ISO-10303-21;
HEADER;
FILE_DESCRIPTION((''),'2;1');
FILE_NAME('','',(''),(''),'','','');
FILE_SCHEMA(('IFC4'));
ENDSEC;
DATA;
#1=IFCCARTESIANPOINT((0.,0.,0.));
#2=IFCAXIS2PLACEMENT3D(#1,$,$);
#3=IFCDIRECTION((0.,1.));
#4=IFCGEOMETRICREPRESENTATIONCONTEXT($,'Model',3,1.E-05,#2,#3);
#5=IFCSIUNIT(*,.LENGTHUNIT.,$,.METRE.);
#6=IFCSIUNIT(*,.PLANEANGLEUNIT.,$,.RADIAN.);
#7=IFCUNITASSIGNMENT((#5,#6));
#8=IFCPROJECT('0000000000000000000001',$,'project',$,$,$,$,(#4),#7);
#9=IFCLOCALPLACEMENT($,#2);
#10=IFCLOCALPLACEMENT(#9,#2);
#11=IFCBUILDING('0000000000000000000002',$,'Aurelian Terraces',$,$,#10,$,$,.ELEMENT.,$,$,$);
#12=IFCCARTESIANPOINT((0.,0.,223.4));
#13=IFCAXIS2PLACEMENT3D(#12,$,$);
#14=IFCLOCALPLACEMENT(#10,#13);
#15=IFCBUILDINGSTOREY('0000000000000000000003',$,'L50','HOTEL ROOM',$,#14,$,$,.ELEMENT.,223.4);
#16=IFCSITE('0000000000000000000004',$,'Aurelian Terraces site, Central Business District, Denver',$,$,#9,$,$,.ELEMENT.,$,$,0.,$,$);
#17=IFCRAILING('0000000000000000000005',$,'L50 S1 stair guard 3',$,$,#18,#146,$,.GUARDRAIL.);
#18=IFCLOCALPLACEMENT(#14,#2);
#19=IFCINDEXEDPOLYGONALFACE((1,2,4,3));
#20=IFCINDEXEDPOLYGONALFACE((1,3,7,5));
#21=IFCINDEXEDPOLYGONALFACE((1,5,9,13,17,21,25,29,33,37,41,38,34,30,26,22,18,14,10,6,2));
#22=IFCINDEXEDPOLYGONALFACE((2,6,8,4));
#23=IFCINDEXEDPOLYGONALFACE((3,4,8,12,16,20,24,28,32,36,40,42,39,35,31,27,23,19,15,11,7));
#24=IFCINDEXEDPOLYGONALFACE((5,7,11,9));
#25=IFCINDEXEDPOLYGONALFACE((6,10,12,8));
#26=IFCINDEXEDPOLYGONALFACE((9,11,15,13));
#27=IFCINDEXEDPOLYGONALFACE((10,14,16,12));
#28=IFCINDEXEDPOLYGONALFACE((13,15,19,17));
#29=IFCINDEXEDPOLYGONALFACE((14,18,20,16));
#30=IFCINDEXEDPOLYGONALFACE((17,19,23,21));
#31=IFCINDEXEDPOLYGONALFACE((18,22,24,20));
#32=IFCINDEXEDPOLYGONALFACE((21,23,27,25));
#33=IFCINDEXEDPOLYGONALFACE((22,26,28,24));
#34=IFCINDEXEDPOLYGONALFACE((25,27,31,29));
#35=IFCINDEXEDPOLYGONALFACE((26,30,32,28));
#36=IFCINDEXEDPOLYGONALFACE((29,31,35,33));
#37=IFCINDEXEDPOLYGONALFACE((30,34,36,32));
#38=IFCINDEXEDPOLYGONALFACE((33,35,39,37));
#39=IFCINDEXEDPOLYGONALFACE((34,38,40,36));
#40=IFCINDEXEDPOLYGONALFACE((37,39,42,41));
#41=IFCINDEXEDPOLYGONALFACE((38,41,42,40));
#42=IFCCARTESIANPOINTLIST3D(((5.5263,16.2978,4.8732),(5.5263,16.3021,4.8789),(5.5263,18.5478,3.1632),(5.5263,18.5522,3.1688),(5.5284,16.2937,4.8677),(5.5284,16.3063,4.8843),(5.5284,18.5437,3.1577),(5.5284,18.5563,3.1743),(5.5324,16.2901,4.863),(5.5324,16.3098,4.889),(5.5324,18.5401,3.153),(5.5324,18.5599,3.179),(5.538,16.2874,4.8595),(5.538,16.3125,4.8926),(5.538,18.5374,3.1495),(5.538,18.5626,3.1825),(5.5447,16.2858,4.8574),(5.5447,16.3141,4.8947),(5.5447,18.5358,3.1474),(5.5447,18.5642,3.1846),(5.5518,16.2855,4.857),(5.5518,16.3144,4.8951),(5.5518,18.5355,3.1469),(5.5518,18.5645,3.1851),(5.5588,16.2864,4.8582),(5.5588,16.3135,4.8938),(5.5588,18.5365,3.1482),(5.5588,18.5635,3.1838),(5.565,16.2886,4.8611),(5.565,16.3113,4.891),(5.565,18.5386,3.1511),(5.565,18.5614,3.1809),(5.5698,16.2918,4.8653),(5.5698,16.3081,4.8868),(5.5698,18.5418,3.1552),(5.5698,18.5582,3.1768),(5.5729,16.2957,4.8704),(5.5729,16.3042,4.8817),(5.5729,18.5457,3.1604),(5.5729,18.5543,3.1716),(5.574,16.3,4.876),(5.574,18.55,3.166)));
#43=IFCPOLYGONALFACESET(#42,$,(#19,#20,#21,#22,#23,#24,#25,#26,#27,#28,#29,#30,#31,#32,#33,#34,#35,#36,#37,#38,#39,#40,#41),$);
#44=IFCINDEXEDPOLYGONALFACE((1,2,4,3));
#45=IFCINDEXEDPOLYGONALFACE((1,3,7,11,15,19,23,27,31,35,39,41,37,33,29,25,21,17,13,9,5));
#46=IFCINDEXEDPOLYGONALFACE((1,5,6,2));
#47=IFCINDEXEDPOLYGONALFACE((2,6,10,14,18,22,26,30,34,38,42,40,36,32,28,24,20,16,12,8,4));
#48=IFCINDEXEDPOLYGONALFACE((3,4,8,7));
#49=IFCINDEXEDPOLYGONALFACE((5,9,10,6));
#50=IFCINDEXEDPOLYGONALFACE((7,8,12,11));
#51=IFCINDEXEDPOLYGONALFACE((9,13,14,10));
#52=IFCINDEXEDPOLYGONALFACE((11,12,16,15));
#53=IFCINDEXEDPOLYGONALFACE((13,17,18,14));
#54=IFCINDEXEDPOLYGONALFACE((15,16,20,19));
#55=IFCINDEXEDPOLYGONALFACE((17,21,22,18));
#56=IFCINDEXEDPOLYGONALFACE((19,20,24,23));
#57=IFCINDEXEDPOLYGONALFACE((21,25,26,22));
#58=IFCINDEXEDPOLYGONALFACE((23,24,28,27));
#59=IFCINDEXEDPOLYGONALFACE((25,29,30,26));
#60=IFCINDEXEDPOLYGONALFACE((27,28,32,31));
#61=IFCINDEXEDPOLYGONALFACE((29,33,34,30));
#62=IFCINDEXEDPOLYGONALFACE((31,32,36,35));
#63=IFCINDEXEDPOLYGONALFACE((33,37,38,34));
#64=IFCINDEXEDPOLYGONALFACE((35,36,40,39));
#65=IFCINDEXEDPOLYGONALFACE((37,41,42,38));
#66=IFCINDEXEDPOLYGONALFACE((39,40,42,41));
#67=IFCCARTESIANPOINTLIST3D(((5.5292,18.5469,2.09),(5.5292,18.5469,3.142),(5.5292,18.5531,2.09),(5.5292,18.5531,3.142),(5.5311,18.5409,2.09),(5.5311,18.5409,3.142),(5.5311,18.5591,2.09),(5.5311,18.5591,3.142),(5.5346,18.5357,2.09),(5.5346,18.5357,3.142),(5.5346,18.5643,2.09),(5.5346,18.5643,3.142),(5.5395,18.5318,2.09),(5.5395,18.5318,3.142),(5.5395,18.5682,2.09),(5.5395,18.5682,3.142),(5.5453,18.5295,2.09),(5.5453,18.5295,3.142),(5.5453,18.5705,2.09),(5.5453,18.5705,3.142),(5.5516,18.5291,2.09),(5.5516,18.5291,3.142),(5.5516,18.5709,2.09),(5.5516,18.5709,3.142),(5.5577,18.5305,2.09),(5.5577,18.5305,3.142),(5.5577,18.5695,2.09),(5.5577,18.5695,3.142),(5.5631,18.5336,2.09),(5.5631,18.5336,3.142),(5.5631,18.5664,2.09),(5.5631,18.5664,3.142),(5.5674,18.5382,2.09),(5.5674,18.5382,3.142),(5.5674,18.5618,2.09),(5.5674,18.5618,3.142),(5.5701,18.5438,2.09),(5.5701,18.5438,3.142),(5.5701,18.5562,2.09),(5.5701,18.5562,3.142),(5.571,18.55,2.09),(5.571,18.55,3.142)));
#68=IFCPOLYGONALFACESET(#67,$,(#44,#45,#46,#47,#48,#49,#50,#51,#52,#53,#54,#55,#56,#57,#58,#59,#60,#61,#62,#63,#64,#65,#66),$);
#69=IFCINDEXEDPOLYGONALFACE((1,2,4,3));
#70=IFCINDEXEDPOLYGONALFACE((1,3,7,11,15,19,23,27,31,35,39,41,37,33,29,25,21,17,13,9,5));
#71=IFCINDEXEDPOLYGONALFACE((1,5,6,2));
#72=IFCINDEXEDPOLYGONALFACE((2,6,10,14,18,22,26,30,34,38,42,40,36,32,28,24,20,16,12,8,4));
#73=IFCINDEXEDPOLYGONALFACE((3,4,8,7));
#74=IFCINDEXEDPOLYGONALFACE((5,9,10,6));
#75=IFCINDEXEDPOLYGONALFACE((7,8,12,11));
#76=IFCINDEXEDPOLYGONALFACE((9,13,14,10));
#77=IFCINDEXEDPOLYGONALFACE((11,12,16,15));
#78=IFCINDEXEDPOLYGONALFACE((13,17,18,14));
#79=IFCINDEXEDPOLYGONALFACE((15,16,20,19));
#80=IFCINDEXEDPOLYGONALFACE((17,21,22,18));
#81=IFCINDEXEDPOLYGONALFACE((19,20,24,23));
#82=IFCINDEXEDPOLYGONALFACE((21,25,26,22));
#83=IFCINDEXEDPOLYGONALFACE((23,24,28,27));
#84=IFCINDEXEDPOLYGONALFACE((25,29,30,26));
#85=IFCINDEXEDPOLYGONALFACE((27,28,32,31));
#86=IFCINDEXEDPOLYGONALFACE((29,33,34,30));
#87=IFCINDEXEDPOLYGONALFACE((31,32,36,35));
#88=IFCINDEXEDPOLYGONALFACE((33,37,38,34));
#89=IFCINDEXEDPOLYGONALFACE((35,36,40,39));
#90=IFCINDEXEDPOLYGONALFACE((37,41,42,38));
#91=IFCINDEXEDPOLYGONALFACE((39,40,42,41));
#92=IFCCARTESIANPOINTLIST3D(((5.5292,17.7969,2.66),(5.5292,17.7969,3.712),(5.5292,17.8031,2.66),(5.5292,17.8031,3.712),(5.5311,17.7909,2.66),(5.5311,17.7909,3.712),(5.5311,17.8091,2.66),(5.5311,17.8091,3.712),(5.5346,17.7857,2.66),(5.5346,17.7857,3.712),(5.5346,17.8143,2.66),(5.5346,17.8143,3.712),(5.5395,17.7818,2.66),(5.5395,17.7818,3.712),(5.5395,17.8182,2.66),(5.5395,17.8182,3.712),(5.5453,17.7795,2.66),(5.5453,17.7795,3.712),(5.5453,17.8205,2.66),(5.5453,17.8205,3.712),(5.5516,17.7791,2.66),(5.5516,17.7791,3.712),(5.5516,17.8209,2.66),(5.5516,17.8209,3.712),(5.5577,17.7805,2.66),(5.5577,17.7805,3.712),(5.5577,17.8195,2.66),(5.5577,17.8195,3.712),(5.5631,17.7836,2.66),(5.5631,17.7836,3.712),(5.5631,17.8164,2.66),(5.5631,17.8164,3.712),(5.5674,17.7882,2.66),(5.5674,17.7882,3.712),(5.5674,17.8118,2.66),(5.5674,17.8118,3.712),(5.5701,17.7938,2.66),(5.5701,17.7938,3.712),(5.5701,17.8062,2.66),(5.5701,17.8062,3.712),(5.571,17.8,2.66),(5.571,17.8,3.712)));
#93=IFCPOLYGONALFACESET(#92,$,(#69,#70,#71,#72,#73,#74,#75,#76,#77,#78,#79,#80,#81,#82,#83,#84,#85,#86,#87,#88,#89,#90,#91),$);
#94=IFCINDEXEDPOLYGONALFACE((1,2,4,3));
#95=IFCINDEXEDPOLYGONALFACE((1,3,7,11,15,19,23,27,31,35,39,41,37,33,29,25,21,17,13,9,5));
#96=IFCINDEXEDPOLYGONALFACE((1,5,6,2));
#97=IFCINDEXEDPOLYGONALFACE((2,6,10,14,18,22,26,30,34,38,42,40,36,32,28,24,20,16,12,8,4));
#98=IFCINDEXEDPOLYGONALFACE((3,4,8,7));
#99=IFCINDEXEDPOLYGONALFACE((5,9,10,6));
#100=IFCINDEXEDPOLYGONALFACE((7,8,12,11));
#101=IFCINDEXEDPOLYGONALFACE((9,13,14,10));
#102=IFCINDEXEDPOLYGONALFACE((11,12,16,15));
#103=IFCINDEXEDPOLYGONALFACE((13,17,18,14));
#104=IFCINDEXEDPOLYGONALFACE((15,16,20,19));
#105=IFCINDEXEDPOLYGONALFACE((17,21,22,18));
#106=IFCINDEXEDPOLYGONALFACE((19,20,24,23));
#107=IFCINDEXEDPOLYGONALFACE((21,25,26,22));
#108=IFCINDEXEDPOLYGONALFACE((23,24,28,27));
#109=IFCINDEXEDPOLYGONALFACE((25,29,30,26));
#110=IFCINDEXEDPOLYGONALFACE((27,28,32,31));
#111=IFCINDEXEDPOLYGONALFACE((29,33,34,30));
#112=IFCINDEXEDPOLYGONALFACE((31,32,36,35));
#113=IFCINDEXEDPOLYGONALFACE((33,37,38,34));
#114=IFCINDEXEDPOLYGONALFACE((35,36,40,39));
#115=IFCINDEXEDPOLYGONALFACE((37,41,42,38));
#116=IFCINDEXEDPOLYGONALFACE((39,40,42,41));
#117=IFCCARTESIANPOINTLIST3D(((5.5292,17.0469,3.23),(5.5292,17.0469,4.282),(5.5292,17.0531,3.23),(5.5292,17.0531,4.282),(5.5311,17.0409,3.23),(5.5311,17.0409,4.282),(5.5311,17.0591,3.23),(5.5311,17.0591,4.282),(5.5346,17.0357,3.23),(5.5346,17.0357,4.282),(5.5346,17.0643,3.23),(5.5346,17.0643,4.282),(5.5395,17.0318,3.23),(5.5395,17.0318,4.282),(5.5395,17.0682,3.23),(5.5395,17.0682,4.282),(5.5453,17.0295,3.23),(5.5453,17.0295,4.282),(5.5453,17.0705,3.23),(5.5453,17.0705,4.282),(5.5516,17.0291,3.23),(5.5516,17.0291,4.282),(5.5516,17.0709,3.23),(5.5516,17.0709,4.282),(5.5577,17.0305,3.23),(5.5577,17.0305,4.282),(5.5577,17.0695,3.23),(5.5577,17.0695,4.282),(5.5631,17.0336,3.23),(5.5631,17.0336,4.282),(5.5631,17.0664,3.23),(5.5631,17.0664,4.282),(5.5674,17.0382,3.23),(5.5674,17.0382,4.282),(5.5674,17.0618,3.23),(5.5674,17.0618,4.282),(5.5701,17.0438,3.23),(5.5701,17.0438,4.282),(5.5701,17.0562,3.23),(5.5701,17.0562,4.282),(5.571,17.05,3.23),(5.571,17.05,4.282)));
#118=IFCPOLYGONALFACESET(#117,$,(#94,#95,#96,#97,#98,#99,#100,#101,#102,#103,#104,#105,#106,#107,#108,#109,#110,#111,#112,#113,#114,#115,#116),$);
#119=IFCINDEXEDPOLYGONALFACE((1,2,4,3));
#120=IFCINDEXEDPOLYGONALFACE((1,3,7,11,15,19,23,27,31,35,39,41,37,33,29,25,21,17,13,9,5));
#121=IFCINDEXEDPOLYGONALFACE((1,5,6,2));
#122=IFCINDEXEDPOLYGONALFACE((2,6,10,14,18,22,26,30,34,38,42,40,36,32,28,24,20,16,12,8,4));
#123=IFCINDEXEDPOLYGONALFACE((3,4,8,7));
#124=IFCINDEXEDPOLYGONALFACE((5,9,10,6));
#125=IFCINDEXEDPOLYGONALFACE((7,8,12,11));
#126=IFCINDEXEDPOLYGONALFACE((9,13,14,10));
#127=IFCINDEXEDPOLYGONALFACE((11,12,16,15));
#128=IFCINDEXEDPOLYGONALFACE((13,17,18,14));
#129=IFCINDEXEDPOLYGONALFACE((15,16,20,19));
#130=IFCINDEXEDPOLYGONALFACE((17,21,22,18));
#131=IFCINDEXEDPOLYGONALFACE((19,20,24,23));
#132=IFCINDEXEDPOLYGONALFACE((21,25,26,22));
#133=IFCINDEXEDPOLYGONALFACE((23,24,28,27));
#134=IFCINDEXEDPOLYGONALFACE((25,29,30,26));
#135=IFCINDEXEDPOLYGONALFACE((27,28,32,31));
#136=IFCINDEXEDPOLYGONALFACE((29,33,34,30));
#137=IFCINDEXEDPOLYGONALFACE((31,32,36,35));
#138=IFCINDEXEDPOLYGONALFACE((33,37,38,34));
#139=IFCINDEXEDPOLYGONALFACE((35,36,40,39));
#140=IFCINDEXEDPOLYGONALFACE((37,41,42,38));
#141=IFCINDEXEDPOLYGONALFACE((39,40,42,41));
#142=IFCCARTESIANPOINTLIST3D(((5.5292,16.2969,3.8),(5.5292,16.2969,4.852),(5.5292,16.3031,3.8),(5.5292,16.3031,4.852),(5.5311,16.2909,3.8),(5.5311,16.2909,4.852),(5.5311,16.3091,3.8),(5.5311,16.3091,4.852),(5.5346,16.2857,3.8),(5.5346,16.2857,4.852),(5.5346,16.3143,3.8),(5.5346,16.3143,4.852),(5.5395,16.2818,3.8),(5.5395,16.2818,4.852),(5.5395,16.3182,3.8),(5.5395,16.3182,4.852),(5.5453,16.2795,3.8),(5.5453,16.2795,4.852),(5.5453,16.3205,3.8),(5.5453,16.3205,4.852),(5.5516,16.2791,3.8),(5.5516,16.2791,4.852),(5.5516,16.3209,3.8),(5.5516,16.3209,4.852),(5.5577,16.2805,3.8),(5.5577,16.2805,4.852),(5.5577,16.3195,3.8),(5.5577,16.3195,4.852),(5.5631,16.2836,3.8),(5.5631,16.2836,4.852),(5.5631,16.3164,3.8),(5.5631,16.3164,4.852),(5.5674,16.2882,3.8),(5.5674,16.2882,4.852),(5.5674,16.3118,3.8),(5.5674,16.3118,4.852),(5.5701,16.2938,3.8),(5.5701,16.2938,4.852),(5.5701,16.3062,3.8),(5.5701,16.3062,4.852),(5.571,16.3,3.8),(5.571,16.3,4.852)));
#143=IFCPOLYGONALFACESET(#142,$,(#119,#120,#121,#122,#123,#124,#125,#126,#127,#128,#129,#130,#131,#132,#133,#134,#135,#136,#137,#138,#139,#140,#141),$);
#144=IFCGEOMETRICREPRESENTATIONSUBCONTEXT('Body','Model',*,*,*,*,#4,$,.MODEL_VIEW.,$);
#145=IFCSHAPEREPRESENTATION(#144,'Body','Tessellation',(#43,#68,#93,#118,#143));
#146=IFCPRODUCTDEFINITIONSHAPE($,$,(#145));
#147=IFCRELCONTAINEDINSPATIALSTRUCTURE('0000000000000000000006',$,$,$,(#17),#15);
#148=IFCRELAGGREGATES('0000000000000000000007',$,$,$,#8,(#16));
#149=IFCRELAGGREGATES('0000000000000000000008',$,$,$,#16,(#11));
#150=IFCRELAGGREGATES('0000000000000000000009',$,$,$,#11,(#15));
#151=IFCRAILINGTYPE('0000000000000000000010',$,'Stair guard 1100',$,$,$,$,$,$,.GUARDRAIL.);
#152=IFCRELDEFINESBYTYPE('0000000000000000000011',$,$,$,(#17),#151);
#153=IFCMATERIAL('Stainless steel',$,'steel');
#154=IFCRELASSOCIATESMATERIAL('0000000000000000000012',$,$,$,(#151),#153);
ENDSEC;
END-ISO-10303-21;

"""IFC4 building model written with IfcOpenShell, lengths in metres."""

from ifc_helpers import new_model, si_unit, direction, frame, origin, origin_2d, place, context, subcontext, project, spatial, circle, extrude, source, transform, mapped, material, type_object, element, save


model = new_model("IFC4")

# Units and contexts
model_context = context("Model", 3, precision=1e-05, world=origin(), true_north=direction((0.0, 1.0)))
body_context = subcontext(model_context, "Body", "Model", "MODEL_VIEW")
ifc_project = project(units=[si_unit("LENGTHUNIT", "METRE"), si_unit("PLANEANGLEUNIT", "RADIAN")], contexts=[model_context])

# Site, building, storey
site_placement = place(None, origin())
site = spatial("IfcSite", under=ifc_project, at=site_placement, Name="Aurelian Terraces site, Central Business District, Denver", CompositionType="ELEMENT", RefElevation=0.0)
building_placement = place(site_placement, origin())
building = spatial("IfcBuilding", under=site, at=building_placement, Name="Aurelian Terraces", CompositionType="ELEMENT")
storey_placement = place(building_placement, frame((0.0, 0.0, 223.4)))
storey = spatial("IfcBuildingStorey", under=building, at=storey_placement, Name="L50", Description="HOTEL ROOM", CompositionType="ELEMENT", Elevation=223.4)

# Railing
ifc_material_1 = material(Name="Stainless steel", Category="steel")
railing_type_1 = type_object("IfcRailingType", Name="Stair guard 1100", PredefinedType="GUARDRAIL", material=ifc_material_1)
shared_shape_1 = source(origin(), body_context, "Body", "SweptSolid", [
    extrude(circle(Radius=0.024, at=origin_2d()), frame((0.0, 0.0, 1.076), z_axis=(0.0, -0.796162, 0.605083), x_axis=(1.0, 0.0, 0.0)), (0.0, 0.0, 1.0), 2.8261),
    extrude(circle(Radius=0.021, at=origin_2d()), origin(), (0.0, 0.0, 1.0), 1.052),
    extrude(circle(Radius=0.021, at=origin_2d()), frame((0.0, -0.75, 0.57)), (0.0, 0.0, 1.0), 1.052),
    extrude(circle(Radius=0.021, at=origin_2d()), frame((0.0, -1.5, 1.14)), (0.0, 0.0, 1.0), 1.052),
    extrude(circle(Radius=0.021, at=origin_2d()), frame((0.0, -2.25, 1.71)), (0.0, 0.0, 1.0), 1.052),
])
railing_1_placement = place(storey_placement, frame((5.55, 18.55, 2.09)))
element("IfcRailing", 1, at=railing_1_placement, inside=storey, type_object=railing_type_1, Name="L50 S1 stair guard 3", PredefinedType="GUARDRAIL", context=body_context, shape_type="MappedRepresentation", body=[
    mapped(shared_shape_1, transform((0.0, 0.0, 0.0), scale=1.0)),
])

save(model, "model.ifc")
